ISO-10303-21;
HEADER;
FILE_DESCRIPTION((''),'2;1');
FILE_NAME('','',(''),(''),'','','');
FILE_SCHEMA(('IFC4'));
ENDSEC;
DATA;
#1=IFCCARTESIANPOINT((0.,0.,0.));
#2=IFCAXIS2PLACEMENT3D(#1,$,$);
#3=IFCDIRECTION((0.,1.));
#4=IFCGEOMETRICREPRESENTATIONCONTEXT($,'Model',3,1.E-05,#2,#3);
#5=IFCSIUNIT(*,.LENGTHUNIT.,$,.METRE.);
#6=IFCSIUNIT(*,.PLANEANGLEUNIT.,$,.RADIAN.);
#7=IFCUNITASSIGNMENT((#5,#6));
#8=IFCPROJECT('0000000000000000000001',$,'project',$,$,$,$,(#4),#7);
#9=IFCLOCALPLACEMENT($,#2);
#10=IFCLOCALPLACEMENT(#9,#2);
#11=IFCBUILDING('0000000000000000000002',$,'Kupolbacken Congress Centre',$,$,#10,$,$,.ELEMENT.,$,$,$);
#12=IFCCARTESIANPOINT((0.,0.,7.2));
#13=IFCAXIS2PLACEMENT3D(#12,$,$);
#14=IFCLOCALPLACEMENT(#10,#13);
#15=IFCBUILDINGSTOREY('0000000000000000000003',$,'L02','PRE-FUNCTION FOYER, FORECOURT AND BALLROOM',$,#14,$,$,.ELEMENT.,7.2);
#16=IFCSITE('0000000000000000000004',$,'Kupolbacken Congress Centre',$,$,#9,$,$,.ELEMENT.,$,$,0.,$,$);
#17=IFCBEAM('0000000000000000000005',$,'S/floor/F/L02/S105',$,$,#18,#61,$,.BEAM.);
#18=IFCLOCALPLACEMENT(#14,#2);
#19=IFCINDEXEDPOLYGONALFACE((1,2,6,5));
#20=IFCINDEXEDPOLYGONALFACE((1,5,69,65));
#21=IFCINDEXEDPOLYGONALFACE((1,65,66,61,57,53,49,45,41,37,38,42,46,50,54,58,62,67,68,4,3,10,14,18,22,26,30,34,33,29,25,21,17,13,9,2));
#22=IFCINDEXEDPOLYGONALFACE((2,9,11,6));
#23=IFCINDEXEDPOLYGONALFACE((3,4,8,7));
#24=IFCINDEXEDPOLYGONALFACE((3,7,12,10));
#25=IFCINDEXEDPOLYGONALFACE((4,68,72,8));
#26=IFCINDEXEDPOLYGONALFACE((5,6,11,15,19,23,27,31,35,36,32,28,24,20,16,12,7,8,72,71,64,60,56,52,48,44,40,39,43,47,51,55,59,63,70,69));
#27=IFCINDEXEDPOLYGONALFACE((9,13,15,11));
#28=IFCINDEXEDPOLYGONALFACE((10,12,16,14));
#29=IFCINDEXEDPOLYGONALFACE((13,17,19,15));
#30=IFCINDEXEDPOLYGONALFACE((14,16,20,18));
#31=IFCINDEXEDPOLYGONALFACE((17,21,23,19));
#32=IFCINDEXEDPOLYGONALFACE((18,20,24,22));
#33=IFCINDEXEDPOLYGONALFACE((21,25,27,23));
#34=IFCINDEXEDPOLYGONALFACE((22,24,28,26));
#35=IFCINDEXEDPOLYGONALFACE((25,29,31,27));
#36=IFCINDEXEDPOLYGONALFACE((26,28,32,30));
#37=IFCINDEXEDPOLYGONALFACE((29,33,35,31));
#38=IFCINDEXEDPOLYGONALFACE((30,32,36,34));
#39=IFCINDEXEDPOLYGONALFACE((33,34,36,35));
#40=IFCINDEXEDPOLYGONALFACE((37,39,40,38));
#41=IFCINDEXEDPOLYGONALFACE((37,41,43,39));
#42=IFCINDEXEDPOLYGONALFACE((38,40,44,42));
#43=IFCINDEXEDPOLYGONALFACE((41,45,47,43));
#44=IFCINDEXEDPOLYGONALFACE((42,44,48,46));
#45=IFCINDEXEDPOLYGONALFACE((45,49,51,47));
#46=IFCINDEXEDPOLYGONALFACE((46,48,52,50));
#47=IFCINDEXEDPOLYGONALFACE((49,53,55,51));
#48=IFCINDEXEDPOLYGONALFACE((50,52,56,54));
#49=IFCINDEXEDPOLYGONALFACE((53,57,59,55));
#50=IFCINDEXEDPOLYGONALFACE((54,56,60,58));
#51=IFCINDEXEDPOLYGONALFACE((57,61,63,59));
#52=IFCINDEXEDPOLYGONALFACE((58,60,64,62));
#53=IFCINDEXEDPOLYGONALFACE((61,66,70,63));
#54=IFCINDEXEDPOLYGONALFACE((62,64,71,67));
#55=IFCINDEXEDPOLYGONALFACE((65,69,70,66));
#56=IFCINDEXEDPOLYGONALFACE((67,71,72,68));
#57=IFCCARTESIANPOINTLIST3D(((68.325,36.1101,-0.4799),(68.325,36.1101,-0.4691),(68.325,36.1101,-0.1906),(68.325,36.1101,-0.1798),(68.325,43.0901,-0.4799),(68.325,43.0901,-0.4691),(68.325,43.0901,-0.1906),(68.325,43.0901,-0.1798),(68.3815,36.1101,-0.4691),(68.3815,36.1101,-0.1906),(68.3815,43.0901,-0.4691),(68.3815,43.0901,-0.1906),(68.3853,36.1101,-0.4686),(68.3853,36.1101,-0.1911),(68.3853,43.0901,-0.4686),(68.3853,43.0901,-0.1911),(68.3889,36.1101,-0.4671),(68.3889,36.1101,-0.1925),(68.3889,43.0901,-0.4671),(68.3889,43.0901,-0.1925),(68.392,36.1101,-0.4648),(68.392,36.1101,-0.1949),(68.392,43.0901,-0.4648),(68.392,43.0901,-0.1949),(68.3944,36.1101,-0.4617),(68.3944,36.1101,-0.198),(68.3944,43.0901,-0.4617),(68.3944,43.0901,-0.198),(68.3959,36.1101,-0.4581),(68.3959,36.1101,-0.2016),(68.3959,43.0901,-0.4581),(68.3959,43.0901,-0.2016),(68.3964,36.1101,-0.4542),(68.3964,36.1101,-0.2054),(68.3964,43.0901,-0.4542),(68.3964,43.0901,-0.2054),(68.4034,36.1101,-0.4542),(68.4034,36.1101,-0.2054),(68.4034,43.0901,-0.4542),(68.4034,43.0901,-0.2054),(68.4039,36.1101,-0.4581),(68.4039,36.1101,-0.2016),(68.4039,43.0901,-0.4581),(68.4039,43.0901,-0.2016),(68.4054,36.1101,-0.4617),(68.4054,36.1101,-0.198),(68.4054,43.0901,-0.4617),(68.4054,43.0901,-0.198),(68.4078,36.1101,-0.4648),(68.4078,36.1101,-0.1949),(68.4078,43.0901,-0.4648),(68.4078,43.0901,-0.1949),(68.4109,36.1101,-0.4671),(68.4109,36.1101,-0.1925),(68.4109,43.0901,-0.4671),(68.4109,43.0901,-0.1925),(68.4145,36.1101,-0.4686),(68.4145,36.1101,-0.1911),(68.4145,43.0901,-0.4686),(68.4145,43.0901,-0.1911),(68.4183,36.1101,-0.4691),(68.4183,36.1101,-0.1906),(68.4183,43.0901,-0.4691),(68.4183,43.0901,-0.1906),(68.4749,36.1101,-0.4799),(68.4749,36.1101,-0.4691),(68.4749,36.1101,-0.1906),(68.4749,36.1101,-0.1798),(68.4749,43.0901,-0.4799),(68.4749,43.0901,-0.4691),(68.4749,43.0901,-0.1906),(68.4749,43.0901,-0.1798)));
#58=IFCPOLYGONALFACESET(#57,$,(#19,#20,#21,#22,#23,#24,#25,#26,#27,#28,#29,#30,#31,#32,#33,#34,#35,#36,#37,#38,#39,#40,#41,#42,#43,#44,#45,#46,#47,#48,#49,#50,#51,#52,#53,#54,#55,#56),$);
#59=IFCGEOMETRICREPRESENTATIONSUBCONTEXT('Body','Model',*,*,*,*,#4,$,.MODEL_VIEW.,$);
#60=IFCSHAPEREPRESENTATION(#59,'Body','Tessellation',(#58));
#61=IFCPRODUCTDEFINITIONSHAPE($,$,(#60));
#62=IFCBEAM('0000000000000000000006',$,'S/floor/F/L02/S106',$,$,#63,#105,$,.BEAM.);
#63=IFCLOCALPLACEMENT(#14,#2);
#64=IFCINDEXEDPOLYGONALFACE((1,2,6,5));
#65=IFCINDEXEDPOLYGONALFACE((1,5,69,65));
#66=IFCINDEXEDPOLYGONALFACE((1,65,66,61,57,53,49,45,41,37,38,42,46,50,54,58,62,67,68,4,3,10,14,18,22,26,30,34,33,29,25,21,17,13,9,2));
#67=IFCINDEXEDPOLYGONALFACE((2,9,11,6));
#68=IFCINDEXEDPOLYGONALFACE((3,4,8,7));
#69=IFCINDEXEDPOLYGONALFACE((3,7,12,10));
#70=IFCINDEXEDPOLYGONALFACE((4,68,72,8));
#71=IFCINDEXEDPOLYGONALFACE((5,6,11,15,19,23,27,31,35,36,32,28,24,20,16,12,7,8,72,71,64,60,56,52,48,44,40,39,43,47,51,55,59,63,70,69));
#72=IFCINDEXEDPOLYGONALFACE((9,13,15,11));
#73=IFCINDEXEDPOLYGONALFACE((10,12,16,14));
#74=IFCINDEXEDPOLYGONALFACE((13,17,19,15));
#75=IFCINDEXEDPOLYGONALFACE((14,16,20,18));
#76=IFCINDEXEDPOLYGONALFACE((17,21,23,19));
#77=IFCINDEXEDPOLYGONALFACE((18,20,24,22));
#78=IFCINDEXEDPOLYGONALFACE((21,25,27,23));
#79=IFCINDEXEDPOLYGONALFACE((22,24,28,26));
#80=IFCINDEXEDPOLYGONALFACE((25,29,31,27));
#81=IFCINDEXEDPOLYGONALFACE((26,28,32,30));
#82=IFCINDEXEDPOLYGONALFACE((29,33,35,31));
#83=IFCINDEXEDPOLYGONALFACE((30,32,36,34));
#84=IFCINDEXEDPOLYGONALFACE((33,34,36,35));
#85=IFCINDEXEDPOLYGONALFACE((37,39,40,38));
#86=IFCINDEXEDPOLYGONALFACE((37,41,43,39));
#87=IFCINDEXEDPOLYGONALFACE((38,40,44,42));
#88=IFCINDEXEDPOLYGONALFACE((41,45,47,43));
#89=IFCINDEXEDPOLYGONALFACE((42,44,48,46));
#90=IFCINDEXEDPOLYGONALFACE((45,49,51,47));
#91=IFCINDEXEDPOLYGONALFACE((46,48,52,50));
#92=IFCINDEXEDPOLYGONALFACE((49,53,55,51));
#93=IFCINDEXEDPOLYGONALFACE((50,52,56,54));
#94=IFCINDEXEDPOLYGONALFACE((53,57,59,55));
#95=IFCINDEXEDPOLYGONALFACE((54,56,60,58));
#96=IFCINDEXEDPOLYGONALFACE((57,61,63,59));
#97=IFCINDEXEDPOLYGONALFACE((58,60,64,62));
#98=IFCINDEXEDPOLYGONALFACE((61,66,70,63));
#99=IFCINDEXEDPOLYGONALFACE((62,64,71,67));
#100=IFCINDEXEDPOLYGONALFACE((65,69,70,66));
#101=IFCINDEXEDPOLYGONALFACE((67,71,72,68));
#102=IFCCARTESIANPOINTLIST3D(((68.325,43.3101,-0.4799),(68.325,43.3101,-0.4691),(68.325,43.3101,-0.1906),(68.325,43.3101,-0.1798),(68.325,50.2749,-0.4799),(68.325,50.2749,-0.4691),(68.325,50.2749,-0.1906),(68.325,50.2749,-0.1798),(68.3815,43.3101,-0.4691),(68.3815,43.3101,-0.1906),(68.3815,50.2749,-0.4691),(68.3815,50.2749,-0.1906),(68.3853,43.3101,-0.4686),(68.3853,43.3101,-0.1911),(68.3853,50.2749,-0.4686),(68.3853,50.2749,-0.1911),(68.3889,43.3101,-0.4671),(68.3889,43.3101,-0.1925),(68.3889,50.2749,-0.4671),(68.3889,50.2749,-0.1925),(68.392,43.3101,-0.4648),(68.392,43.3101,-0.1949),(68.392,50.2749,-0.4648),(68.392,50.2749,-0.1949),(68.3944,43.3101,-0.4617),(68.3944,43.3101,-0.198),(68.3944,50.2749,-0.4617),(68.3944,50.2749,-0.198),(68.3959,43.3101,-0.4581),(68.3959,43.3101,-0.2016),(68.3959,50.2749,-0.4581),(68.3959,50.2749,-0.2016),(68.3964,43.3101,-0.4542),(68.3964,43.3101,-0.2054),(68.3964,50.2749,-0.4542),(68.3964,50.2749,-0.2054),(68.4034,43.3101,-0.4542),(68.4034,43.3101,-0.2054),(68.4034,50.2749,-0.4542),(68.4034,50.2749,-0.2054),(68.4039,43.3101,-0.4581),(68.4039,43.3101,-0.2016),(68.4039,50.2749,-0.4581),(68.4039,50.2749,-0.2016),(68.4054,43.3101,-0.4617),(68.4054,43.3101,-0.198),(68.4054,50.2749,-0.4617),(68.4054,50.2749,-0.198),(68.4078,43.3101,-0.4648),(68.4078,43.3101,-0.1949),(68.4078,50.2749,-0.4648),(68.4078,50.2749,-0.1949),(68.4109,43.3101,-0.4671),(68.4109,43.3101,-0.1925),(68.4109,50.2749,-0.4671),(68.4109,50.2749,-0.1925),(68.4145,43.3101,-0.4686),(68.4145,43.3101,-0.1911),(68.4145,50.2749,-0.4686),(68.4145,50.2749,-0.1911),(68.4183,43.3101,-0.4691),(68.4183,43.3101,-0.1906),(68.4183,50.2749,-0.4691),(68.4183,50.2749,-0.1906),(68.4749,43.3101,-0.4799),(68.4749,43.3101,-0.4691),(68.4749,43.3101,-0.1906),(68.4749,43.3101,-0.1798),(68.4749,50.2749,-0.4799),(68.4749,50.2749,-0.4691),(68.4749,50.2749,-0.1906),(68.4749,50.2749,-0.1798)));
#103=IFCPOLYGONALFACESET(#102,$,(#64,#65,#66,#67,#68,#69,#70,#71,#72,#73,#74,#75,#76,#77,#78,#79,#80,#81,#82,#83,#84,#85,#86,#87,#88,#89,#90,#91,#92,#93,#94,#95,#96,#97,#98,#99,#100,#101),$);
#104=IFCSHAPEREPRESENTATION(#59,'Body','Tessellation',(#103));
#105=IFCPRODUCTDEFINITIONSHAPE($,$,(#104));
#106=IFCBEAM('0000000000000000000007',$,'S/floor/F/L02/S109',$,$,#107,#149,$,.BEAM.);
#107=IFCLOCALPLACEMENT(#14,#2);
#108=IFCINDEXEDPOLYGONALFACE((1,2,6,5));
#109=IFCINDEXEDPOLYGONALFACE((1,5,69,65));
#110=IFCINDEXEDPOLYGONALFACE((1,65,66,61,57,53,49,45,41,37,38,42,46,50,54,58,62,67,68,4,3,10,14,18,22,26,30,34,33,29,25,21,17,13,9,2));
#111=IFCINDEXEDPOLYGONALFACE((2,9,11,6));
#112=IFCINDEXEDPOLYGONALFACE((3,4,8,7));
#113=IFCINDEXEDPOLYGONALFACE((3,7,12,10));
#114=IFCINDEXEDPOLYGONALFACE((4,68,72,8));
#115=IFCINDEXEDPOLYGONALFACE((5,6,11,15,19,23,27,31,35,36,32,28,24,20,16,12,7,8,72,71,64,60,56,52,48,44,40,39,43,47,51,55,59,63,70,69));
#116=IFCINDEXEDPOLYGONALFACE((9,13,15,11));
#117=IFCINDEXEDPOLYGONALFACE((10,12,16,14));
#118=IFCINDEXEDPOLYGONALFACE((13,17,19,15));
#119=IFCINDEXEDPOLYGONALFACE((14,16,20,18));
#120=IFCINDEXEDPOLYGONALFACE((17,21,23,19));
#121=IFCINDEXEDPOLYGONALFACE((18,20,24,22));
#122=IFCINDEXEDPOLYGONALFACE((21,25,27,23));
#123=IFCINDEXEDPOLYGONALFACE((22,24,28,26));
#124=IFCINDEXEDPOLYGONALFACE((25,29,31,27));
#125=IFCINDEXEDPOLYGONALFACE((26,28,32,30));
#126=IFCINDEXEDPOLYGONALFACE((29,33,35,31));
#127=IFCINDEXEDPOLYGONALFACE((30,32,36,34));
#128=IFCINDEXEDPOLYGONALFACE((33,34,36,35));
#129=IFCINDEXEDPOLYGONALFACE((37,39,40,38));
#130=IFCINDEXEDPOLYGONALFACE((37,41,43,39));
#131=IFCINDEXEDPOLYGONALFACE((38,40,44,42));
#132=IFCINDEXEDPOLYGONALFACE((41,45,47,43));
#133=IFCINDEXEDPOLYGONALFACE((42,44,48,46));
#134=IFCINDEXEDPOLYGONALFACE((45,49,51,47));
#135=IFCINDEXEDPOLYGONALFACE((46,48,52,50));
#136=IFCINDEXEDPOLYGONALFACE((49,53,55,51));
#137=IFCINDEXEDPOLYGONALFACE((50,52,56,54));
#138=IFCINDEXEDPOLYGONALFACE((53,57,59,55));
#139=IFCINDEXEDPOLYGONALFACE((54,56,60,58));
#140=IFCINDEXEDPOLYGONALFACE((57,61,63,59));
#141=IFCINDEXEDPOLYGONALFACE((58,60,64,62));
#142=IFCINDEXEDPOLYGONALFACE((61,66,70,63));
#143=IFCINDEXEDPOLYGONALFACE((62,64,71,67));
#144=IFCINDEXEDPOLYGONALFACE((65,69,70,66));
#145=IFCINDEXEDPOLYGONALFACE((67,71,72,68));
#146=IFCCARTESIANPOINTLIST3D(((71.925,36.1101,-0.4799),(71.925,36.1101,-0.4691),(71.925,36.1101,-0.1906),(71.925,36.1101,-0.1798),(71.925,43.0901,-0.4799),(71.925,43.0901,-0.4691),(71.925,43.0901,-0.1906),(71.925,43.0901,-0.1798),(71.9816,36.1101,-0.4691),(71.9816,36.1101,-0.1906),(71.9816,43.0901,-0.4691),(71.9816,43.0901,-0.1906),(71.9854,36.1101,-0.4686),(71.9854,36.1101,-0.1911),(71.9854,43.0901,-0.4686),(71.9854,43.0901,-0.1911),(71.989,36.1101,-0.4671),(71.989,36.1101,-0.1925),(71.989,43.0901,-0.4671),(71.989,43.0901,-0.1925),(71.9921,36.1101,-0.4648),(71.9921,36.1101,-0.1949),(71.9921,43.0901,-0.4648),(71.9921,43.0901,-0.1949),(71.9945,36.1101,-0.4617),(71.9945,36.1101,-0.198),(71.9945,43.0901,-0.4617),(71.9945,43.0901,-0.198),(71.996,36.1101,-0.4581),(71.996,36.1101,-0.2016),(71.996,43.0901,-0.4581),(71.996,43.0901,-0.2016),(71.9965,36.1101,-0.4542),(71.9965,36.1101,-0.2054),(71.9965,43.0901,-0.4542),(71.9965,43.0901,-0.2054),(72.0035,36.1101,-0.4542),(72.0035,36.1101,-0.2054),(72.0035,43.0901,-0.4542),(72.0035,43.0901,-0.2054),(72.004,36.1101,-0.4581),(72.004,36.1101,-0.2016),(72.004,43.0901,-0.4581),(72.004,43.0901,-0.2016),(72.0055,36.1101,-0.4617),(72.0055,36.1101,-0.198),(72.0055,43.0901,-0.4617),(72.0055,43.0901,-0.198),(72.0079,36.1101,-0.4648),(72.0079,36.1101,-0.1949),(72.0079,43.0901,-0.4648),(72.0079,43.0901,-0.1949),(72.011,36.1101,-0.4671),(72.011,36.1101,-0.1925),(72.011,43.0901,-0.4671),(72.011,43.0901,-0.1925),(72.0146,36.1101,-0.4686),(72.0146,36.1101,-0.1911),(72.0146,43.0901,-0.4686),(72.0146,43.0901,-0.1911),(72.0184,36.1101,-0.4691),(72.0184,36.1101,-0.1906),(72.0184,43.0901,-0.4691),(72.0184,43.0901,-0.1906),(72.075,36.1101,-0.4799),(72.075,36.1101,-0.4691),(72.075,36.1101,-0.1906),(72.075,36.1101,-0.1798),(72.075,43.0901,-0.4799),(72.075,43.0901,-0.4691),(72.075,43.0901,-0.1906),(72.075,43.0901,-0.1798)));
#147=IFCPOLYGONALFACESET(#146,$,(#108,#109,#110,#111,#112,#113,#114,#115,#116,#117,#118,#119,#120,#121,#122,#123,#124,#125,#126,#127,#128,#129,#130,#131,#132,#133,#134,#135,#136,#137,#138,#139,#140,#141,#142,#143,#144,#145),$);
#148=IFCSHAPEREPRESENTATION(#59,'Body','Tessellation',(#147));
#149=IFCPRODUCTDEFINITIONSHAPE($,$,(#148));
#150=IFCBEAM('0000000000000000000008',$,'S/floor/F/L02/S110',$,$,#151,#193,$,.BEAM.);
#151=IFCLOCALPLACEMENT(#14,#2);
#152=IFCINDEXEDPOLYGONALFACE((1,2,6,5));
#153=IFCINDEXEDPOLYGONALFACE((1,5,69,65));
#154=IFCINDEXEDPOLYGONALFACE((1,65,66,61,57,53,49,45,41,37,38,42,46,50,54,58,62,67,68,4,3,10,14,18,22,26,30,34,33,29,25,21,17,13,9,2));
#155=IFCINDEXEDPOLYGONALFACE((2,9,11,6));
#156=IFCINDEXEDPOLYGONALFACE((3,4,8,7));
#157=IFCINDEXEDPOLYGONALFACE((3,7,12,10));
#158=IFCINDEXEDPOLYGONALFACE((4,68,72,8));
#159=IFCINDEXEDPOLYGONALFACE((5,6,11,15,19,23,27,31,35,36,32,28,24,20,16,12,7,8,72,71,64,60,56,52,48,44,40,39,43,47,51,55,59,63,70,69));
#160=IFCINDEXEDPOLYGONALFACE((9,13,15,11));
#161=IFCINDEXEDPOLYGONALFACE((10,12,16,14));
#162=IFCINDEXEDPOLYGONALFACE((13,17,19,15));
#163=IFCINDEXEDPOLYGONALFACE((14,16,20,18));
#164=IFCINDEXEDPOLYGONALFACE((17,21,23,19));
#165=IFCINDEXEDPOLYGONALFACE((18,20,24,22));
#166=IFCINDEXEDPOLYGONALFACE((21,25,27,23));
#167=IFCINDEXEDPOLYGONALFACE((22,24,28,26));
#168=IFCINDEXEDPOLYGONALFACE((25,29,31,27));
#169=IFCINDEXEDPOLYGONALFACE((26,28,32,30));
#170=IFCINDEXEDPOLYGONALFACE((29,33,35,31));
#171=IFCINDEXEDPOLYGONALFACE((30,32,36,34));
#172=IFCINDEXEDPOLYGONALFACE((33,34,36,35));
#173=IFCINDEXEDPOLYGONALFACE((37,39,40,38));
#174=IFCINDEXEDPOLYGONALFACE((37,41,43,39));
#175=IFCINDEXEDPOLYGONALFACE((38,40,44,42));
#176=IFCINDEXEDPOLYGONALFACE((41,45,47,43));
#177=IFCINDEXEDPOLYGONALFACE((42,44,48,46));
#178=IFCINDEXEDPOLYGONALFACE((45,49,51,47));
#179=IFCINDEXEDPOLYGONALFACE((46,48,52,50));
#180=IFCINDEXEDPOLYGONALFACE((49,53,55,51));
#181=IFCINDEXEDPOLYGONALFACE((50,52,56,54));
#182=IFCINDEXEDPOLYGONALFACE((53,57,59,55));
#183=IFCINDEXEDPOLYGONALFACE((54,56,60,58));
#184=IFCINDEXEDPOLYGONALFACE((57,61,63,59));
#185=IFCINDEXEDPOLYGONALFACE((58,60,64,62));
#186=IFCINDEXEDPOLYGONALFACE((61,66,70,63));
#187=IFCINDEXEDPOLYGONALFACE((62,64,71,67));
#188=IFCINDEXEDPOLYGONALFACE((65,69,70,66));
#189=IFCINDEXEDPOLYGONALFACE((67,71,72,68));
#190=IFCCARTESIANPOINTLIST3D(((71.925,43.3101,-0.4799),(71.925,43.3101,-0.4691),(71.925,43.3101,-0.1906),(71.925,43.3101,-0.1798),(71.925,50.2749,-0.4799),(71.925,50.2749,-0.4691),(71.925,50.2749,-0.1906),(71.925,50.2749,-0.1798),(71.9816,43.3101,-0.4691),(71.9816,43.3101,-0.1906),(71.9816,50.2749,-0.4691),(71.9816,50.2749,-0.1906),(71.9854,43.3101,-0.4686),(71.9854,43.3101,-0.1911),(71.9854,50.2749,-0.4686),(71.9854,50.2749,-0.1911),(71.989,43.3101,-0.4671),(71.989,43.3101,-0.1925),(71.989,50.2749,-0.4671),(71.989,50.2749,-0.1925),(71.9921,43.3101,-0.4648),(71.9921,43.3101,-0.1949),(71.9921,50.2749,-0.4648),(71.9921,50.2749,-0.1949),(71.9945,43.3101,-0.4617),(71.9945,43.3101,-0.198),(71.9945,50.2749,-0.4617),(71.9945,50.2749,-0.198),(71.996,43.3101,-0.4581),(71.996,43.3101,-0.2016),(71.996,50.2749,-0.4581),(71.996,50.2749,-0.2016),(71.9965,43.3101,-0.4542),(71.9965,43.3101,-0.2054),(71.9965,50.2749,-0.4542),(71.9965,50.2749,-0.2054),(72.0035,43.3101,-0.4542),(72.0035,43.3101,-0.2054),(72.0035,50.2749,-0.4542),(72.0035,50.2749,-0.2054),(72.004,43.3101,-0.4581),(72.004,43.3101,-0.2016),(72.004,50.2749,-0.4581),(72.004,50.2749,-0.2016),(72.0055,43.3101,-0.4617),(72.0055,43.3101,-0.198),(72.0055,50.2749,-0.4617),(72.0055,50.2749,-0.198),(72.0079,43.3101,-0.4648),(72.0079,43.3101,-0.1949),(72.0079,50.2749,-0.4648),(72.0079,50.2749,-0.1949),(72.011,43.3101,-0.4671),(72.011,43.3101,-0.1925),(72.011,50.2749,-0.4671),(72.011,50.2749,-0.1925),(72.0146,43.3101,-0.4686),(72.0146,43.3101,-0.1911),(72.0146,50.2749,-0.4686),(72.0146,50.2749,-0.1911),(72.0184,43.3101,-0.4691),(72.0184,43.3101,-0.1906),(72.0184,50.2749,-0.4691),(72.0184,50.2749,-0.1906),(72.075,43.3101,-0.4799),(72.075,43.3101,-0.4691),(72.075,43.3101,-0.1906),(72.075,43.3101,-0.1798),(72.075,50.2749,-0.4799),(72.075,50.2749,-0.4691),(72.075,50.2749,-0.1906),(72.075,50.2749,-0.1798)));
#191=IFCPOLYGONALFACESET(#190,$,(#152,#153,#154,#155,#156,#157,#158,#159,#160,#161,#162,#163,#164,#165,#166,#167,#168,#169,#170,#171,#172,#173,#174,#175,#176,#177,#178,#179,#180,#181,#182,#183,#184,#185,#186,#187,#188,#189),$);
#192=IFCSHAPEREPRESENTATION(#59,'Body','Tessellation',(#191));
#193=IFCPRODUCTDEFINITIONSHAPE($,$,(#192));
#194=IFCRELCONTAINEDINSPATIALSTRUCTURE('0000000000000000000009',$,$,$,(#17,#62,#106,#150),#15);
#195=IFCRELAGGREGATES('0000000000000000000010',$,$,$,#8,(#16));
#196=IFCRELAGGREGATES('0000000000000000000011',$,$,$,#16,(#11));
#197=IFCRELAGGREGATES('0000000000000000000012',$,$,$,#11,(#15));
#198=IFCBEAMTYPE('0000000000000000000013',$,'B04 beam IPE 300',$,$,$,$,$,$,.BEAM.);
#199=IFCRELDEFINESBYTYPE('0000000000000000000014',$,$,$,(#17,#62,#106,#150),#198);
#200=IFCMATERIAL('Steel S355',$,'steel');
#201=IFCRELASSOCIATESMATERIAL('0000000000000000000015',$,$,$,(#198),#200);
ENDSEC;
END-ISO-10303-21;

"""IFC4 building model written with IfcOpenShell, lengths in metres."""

from ifc_helpers import new_model, si_unit, direction, frame, origin, origin_2d, place, context, subcontext, project, spatial, i_section, extrude, material, material_profile, profile_set, type_object, element, save


model = new_model("IFC4")

# Units and contexts
model_context = context("Model", 3, precision=1e-05, world=origin(), true_north=direction((0.0, 1.0)))
body_context = subcontext(model_context, "Body", "Model", "MODEL_VIEW")
ifc_project = project(units=[si_unit("LENGTHUNIT", "METRE"), si_unit("PLANEANGLEUNIT", "RADIAN")], contexts=[model_context])

# Site, building, storey
site_placement = place(None, origin())
site = spatial("IfcSite", under=ifc_project, at=site_placement, Name="Kupolbacken Congress Centre", CompositionType="ELEMENT", RefElevation=0.0)
building_placement = place(site_placement, origin())
building = spatial("IfcBuilding", under=site, at=building_placement, Name="Kupolbacken Congress Centre", CompositionType="ELEMENT")
storey_placement = place(building_placement, frame((0.0, 0.0, 7.2)))
storey = spatial("IfcBuildingStorey", under=building, at=storey_placement, Name="L02", Description="PRE-FUNCTION FOYER, FORECOURT AND BALLROOM", CompositionType="ELEMENT", Elevation=7.2)

# Beams
ifc_material_1 = material(Name="Steel S355", Category="steel")
ifc_material_profile_1 = material_profile(ifc_material_1, i_section(OverallWidth=0.1499, OverallDepth=0.3, WebThickness=0.0071, FlangeThickness=0.0107, FilletRadius=0.0149, at=origin_2d()), Name="IPE 300")
ifc_profile_set_1 = profile_set([ifc_material_profile_1], Name="Steel S355")
beam_type_1 = type_object("IfcBeamType", Name="B04 beam IPE 300", PredefinedType="BEAM", material=ifc_profile_set_1)
beam_1_placement = place(storey_placement, frame((68.3999, 36.1101, -0.3298), z_axis=(0.0, 1.0, 0.0), x_axis=(-1.0, 0.0, 0.0)))
element("IfcBeam", 1, at=beam_1_placement, inside=storey, type_object=beam_type_1, Name="S/floor/F/L02/S105", PredefinedType="BEAM", context=body_context, shape_type="SweptSolid", body=[
    extrude(i_section(OverallWidth=0.1499, OverallDepth=0.3, WebThickness=0.0071, FlangeThickness=0.0107, FilletRadius=0.0149, at=origin_2d()), origin(), (0.0, 0.0, 1.0), 6.98),
])
beam_2_placement = place(storey_placement, frame((68.3999, 43.3101, -0.3298), z_axis=(0.0, 1.0, 0.0), x_axis=(-1.0, 0.0, 0.0)))
element("IfcBeam", 2, at=beam_2_placement, inside=storey, type_object=beam_type_1, Name="S/floor/F/L02/S106", PredefinedType="BEAM", context=body_context, shape_type="SweptSolid", body=[
    extrude(i_section(OverallWidth=0.1499, OverallDepth=0.3, WebThickness=0.0071, FlangeThickness=0.0107, FilletRadius=0.0149, at=origin_2d()), origin(), (0.0, 0.0, 1.0), 6.9648),
])
beam_3_placement = place(storey_placement, frame((72.0, 36.1101, -0.3298), z_axis=(0.0, 1.0, 0.0), x_axis=(-1.0, 0.0, 0.0)))
element("IfcBeam", 3, at=beam_3_placement, inside=storey, type_object=beam_type_1, Name="S/floor/F/L02/S109", PredefinedType="BEAM", context=body_context, shape_type="SweptSolid", body=[
    extrude(i_section(OverallWidth=0.1499, OverallDepth=0.3, WebThickness=0.0071, FlangeThickness=0.0107, FilletRadius=0.0149, at=origin_2d()), origin(), (0.0, 0.0, 1.0), 6.98),
])
beam_4_placement = place(storey_placement, frame((72.0, 43.3101, -0.3298), z_axis=(0.0, 1.0, 0.0), x_axis=(-1.0, 0.0, 0.0)))
element("IfcBeam", 4, at=beam_4_placement, inside=storey, type_object=beam_type_1, Name="S/floor/F/L02/S110", PredefinedType="BEAM", context=body_context, shape_type="SweptSolid", body=[
    extrude(i_section(OverallWidth=0.1499, OverallDepth=0.3, WebThickness=0.0071, FlangeThickness=0.0107, FilletRadius=0.0149, at=origin_2d()), origin(), (0.0, 0.0, 1.0), 6.9648),
])

save(model, "model.ifc")
